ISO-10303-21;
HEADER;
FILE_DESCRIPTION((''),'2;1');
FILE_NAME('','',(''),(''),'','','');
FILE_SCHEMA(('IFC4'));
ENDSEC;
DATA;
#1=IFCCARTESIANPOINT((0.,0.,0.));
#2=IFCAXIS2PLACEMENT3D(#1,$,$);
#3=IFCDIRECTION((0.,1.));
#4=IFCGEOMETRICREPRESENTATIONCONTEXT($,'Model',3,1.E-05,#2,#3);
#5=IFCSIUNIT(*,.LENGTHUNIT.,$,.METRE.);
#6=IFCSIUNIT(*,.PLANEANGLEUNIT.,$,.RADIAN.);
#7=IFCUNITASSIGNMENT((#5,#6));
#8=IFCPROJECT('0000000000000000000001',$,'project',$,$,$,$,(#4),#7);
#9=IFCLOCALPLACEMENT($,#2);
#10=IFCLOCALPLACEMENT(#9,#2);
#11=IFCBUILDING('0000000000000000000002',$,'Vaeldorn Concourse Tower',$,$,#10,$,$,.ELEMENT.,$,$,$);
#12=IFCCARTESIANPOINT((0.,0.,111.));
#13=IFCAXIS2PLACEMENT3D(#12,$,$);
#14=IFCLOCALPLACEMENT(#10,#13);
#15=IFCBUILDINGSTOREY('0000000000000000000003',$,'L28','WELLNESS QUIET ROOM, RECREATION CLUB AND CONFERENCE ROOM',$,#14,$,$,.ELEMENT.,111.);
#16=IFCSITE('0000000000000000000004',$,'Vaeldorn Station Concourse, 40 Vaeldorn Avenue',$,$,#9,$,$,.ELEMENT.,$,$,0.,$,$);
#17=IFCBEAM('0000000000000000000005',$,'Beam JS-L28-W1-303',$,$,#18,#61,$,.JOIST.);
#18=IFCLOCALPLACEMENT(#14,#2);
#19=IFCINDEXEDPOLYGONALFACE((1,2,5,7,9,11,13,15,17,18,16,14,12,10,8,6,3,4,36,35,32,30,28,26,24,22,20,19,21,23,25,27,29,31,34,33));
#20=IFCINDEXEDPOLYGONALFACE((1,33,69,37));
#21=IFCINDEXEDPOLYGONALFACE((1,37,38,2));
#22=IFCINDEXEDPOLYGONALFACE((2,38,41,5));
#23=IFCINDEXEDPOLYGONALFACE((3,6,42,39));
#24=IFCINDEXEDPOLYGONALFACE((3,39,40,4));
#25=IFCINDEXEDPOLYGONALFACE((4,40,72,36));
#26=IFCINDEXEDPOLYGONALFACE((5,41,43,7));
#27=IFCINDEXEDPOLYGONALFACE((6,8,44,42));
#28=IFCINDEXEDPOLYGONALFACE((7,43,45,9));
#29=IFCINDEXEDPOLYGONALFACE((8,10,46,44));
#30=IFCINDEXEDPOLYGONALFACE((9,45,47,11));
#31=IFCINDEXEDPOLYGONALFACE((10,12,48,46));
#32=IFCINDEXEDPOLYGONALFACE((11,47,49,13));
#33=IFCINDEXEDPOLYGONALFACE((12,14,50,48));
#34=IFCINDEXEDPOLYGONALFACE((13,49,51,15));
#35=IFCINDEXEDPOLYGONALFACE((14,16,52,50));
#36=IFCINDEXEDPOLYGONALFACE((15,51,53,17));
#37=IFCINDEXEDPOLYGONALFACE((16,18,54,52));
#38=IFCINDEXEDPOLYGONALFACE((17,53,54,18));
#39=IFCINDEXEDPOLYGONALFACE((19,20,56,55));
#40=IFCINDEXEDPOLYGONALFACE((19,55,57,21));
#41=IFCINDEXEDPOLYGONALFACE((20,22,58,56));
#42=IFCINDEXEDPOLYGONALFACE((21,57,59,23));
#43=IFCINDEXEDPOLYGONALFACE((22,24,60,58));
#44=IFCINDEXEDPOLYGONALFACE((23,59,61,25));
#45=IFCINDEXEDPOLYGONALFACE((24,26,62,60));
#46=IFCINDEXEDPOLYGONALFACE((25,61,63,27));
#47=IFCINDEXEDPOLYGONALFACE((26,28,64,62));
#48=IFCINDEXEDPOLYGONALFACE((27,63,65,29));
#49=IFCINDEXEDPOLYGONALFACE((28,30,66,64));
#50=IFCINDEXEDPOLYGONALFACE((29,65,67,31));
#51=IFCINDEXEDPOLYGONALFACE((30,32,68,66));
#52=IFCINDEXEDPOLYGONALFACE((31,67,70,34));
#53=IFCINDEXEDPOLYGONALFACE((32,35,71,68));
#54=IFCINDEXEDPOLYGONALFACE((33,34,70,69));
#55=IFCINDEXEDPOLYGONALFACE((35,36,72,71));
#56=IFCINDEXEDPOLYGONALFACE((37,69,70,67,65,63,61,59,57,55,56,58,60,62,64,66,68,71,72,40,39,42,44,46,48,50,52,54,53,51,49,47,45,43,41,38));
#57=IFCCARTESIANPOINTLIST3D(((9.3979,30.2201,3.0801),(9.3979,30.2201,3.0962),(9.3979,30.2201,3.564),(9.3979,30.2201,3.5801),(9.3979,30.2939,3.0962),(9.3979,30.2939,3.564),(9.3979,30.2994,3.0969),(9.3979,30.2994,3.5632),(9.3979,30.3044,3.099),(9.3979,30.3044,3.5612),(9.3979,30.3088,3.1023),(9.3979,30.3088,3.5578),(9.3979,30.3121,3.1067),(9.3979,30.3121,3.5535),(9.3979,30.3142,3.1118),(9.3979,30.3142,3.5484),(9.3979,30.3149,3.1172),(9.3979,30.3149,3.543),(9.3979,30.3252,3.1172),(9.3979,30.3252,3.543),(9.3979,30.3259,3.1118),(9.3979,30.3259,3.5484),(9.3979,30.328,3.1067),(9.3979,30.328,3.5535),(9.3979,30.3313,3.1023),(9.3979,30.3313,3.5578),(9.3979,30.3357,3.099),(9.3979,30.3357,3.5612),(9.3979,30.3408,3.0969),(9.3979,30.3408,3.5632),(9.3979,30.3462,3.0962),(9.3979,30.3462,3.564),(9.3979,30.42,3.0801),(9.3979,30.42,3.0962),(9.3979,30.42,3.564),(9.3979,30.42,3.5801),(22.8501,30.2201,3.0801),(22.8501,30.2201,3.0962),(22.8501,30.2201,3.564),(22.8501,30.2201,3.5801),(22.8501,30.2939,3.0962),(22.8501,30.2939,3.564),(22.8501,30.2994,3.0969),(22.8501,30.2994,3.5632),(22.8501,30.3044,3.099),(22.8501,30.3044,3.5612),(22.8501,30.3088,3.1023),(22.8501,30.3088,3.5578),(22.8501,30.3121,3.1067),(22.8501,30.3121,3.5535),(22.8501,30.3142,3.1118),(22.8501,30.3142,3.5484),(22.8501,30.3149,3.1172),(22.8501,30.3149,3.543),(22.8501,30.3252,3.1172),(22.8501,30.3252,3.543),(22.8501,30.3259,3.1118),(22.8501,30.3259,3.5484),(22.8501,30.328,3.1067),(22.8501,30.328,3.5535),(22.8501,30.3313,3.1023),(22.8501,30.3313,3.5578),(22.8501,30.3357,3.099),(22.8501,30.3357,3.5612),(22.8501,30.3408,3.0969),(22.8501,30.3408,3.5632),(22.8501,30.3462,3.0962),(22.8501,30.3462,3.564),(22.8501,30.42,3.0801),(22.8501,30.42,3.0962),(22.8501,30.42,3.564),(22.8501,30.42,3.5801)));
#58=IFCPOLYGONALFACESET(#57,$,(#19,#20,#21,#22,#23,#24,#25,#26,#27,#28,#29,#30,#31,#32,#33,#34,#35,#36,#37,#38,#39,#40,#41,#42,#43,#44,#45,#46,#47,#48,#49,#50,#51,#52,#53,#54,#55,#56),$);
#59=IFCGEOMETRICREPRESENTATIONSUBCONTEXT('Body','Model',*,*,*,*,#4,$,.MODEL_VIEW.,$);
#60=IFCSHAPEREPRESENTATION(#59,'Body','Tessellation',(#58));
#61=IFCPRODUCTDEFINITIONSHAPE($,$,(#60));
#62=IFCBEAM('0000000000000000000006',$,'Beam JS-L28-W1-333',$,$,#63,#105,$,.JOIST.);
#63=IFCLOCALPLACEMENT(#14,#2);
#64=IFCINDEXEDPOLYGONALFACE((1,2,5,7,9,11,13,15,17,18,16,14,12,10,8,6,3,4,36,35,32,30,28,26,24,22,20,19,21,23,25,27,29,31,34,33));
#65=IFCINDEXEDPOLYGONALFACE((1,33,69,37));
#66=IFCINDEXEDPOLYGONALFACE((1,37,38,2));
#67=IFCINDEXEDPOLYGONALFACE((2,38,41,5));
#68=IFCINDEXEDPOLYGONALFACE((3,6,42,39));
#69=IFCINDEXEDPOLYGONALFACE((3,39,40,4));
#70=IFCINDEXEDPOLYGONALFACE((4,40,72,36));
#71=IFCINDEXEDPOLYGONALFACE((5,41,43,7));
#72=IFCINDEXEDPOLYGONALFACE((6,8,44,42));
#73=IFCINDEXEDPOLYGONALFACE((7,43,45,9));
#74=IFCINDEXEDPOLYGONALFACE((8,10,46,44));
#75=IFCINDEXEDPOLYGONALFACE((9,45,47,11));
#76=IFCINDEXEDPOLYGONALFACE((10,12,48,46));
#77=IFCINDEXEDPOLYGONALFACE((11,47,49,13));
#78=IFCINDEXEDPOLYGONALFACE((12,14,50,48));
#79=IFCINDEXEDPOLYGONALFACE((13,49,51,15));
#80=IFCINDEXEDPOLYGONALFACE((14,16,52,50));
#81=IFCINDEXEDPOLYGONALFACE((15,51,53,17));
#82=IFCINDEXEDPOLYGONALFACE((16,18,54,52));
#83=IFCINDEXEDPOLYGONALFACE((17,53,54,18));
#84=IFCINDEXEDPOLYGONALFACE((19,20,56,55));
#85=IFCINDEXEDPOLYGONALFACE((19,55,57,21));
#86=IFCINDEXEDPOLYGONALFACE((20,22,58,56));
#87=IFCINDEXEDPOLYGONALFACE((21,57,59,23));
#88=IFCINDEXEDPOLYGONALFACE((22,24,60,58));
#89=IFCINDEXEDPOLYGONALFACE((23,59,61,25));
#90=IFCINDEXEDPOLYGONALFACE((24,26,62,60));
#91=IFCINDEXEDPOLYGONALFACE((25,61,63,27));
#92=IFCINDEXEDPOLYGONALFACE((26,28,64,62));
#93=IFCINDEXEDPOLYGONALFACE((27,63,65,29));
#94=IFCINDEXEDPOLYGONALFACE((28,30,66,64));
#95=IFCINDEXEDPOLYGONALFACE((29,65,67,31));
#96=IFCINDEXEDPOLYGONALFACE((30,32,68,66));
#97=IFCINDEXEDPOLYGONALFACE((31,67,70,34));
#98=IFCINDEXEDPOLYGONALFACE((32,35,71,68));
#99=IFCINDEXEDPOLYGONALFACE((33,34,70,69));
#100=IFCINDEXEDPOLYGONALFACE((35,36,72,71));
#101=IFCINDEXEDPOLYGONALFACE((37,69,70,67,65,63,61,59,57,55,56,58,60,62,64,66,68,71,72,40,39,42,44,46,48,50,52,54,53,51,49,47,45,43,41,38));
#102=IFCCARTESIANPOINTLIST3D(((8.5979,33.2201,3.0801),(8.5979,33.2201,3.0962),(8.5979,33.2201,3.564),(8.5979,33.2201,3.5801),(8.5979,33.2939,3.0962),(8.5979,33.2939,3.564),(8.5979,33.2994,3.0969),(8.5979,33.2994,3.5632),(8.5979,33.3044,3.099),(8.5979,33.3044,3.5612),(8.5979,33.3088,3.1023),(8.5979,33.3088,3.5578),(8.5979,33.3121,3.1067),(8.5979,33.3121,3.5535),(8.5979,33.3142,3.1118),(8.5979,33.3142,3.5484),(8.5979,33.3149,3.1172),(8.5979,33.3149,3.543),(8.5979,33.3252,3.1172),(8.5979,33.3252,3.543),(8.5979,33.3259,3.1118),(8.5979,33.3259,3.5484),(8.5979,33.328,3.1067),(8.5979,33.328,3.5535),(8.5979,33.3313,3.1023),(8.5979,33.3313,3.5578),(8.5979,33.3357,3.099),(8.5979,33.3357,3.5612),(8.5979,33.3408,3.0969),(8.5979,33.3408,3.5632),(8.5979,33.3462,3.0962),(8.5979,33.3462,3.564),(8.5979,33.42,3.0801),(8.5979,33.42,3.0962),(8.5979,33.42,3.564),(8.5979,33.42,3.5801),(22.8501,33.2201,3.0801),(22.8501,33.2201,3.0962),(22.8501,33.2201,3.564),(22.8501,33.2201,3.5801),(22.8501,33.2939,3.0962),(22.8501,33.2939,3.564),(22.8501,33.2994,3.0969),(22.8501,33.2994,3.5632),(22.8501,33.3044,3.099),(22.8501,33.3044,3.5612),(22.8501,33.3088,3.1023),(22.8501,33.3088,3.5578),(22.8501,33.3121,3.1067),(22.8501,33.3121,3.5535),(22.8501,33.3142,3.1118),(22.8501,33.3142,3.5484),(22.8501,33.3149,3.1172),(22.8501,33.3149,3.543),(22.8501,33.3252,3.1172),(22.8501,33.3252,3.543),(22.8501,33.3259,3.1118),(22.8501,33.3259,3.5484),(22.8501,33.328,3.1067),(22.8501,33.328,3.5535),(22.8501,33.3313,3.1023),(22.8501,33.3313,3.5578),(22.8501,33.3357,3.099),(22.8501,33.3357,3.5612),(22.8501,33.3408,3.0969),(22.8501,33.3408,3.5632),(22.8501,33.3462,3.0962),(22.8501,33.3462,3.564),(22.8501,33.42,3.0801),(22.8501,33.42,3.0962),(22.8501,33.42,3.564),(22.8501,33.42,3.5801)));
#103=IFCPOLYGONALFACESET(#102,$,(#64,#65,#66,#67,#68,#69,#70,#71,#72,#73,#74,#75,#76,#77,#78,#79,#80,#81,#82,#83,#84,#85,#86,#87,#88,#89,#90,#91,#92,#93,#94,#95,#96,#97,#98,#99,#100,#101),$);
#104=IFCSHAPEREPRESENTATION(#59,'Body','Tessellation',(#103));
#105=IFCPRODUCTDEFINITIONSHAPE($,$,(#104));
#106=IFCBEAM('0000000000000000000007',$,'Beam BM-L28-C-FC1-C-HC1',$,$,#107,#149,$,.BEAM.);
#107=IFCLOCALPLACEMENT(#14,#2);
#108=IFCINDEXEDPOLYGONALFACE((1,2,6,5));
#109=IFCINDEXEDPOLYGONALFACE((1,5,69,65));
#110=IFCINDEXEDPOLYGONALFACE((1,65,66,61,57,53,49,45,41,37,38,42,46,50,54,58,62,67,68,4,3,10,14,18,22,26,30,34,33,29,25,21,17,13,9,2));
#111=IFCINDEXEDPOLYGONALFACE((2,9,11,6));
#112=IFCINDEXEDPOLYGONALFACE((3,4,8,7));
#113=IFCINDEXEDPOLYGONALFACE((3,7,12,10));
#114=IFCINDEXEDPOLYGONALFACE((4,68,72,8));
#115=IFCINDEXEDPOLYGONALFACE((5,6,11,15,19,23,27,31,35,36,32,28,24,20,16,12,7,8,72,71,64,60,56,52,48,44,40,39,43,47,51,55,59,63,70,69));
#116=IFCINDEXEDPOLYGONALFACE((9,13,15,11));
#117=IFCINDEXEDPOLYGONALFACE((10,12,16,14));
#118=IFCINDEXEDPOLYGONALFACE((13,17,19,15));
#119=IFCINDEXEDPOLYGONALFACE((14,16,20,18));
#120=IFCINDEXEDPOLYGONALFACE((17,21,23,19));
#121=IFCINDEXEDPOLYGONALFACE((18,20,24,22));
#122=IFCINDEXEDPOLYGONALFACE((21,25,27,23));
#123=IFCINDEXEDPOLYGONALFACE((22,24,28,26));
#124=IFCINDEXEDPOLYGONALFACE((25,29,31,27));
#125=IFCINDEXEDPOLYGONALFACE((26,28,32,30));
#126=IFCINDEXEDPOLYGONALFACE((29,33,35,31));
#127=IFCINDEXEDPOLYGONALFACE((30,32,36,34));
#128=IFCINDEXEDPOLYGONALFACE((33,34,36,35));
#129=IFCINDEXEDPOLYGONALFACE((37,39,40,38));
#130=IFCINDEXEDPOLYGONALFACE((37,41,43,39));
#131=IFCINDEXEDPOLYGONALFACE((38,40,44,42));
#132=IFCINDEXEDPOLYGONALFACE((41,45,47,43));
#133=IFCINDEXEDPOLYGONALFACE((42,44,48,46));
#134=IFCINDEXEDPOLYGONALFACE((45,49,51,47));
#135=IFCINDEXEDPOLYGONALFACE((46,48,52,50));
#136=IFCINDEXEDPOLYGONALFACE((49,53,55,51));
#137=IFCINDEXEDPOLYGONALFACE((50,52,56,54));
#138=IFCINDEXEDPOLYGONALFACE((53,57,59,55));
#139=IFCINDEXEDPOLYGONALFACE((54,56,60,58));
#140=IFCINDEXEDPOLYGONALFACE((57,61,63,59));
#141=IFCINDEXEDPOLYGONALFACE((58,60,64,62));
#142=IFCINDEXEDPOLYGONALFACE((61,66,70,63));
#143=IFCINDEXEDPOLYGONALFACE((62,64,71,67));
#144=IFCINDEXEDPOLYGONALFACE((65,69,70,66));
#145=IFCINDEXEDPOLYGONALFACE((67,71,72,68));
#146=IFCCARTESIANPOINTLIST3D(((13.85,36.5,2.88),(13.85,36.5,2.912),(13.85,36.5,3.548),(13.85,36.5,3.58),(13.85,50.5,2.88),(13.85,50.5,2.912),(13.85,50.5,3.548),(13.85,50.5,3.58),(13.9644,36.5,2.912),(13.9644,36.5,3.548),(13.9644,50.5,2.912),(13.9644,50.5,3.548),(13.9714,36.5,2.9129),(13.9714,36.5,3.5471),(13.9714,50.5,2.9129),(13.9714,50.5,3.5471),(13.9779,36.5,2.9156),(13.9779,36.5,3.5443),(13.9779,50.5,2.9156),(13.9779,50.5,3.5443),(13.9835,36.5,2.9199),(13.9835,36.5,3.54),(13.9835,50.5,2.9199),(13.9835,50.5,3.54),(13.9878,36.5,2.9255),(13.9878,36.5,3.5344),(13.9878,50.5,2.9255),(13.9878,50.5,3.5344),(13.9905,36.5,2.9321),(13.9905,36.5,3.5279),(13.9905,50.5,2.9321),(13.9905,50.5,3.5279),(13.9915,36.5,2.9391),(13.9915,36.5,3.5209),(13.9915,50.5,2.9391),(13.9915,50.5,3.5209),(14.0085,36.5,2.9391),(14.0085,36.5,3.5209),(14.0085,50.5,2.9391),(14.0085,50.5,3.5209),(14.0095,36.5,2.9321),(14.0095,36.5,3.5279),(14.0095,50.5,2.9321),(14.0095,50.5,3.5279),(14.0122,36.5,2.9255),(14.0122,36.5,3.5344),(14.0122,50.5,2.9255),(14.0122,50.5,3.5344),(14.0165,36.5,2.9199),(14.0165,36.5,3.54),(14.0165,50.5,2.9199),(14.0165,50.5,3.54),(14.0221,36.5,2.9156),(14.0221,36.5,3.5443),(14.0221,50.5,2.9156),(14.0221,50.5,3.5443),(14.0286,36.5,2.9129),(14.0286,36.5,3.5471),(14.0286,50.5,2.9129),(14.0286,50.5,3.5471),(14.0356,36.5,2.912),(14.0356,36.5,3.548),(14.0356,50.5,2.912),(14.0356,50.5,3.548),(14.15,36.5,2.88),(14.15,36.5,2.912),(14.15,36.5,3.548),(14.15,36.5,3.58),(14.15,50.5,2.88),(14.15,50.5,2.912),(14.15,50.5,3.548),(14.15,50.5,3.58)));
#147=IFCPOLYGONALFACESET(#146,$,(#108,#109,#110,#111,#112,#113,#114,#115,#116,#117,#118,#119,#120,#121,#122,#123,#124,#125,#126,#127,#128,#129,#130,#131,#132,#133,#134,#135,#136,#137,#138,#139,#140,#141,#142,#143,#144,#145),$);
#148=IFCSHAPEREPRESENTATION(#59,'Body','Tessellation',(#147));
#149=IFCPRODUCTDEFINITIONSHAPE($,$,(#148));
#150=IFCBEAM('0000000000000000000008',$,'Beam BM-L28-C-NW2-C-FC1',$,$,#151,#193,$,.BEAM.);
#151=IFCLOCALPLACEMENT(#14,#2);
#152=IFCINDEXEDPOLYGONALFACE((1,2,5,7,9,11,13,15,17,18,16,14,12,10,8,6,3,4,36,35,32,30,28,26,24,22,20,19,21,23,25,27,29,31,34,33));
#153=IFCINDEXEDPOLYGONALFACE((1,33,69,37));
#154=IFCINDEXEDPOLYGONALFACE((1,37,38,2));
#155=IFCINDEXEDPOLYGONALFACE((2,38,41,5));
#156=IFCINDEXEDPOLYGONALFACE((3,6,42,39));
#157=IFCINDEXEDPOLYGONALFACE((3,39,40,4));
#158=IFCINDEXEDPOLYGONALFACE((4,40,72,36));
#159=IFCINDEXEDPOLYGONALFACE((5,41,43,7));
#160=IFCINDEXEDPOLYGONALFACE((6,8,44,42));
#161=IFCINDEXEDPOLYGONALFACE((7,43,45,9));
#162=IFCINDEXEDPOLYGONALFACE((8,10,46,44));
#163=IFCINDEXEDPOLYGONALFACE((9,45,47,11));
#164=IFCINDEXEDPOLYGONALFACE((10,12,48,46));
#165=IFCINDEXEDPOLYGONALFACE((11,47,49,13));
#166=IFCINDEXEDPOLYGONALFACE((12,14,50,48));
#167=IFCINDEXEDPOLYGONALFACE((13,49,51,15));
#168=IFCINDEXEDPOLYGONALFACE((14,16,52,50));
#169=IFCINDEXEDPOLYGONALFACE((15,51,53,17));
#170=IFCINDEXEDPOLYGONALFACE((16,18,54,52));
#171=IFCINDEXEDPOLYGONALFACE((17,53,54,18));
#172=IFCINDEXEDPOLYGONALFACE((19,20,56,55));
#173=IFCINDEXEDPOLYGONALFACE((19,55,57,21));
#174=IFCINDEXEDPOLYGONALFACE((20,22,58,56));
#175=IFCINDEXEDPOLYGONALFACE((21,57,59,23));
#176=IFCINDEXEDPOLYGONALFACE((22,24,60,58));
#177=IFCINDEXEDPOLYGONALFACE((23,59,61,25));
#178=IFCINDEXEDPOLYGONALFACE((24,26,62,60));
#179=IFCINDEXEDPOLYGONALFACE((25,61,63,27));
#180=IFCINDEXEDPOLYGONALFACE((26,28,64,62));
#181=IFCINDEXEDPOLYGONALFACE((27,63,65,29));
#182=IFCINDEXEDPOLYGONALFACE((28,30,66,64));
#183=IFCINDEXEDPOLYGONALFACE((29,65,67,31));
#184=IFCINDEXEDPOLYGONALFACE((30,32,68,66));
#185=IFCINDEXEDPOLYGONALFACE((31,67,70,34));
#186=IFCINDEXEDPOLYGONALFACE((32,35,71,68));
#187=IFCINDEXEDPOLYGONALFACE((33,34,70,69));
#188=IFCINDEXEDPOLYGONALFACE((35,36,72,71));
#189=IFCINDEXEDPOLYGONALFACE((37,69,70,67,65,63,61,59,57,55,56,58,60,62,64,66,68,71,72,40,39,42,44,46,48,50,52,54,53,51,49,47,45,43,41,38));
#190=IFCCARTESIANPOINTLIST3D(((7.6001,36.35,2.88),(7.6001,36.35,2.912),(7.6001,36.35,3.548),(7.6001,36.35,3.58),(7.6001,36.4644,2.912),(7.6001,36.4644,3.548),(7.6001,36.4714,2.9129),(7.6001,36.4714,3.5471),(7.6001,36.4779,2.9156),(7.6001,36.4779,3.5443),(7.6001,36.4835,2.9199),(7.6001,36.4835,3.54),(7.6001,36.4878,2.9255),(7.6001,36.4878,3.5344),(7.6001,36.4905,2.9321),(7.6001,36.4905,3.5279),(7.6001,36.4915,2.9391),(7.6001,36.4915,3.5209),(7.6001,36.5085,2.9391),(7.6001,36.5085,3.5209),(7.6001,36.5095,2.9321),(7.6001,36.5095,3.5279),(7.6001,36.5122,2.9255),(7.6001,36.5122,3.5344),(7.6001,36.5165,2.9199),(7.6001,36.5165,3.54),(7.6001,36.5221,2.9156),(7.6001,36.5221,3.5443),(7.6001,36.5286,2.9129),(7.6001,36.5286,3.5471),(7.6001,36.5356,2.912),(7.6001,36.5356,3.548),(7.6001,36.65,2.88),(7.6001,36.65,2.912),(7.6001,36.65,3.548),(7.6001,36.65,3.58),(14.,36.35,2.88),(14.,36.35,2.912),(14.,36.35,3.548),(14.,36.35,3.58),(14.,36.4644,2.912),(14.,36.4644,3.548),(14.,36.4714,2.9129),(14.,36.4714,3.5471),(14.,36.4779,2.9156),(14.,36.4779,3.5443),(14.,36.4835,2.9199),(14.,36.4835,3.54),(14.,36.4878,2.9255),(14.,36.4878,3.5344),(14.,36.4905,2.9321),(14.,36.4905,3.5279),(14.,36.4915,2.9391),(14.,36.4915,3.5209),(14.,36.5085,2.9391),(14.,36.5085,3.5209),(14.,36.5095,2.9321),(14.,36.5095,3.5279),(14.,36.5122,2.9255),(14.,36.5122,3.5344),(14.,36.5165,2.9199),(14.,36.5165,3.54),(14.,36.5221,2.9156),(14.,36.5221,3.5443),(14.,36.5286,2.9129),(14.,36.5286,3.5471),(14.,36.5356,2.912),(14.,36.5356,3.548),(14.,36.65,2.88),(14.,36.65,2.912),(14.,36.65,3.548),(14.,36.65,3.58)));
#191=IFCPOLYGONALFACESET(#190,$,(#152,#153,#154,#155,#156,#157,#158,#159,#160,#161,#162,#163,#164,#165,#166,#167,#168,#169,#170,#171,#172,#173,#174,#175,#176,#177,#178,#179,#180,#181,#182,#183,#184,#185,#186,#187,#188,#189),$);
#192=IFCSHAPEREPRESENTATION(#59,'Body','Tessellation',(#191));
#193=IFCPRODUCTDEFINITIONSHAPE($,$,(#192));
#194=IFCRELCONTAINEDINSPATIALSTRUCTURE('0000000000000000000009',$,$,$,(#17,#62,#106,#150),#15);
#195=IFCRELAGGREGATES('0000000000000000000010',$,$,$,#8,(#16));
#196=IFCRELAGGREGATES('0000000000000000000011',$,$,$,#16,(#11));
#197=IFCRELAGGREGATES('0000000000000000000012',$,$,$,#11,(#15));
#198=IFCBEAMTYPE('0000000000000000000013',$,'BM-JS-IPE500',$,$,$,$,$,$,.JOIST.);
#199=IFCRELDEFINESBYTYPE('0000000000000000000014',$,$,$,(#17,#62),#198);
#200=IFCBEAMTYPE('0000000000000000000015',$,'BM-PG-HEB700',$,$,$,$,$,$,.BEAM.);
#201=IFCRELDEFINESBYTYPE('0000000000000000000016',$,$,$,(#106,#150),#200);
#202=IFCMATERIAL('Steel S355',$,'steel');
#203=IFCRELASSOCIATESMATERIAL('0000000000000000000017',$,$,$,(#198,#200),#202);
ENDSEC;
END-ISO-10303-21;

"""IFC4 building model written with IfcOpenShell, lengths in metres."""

from ifc_helpers import new_model, si_unit, direction, frame, origin, origin_2d, place, context, subcontext, project, spatial, i_section, extrude, source, transform, mapped, material, material_profile, profile_set, type_object, element, save


model = new_model("IFC4")

# Units and contexts
model_context = context("Model", 3, precision=1e-05, world=origin(), true_north=direction((0.0, 1.0)))
body_context = subcontext(model_context, "Body", "Model", "MODEL_VIEW")
ifc_project = project(units=[si_unit("LENGTHUNIT", "METRE"), si_unit("PLANEANGLEUNIT", "RADIAN")], contexts=[model_context])

# Site, building, storey
site_placement = place(None, origin())
site = spatial("IfcSite", under=ifc_project, at=site_placement, Name="Vaeldorn Station Concourse, 40 Vaeldorn Avenue", CompositionType="ELEMENT", RefElevation=0.0)
building_placement = place(site_placement, origin())
building = spatial("IfcBuilding", under=site, at=building_placement, Name="Vaeldorn Concourse Tower", CompositionType="ELEMENT")
storey_placement = place(building_placement, frame((0.0, 0.0, 111.0)))
storey = spatial("IfcBuildingStorey", under=building, at=storey_placement, Name="L28", Description="WELLNESS QUIET ROOM, RECREATION CLUB AND CONFERENCE ROOM", CompositionType="ELEMENT", Elevation=111.0)

# Beams
ifc_material_1 = material(Name="Steel S355", Category="steel")
ifc_material_profile_1 = material_profile(ifc_material_1, i_section(OverallWidth=0.2, OverallDepth=0.5, WebThickness=0.0103, FlangeThickness=0.0161, FilletRadius=0.021, at=origin_2d()), Name="IPE 500")
ifc_profile_set_1 = profile_set([ifc_material_profile_1], Name="Steel S355")
beam_type_1 = type_object("IfcBeamType", Name="BM-JS-IPE500", PredefinedType="JOIST", material=ifc_profile_set_1)
shared_shape_1 = source(origin(), body_context, "Body", "SweptSolid", [
    extrude(i_section(OverallWidth=0.2, OverallDepth=0.5, WebThickness=0.0103, FlangeThickness=0.0161, FilletRadius=0.021, at=origin_2d()), origin(), (0.0, 0.0, 1.0), 13.4521),
])
beam_1_placement = place(storey_placement, frame((9.3979, 30.3201, 3.3301), z_axis=(1.0, 0.0, 0.0), x_axis=(0.0, 1.0, 0.0)))
element("IfcBeam", 1, at=beam_1_placement, inside=storey, type_object=beam_type_1, Name="Beam JS-L28-W1-303", PredefinedType="JOIST", context=body_context, shape_type="MappedRepresentation", body=[
    mapped(shared_shape_1, transform((0.0, 0.0, 0.0), scale=1.0)),
])
shared_shape_2 = source(origin(), body_context, "Body", "SweptSolid", [
    extrude(i_section(OverallWidth=0.2, OverallDepth=0.5, WebThickness=0.0103, FlangeThickness=0.0161, FilletRadius=0.021, at=origin_2d()), origin(), (0.0, 0.0, 1.0), 14.2522),
])
beam_2_placement = place(storey_placement, frame((8.5979, 33.3201, 3.3301), z_axis=(1.0, 0.0, 0.0), x_axis=(0.0, 1.0, 0.0)))
element("IfcBeam", 2, at=beam_2_placement, inside=storey, type_object=beam_type_1, Name="Beam JS-L28-W1-333", PredefinedType="JOIST", context=body_context, shape_type="MappedRepresentation", body=[
    mapped(shared_shape_2, transform((0.0, 0.0, 0.0), scale=1.0)),
])
ifc_material_profile_2 = material_profile(ifc_material_1, i_section(OverallWidth=0.3, OverallDepth=0.7, WebThickness=0.0171, FlangeThickness=0.032, FilletRadius=0.0271, at=origin_2d()), Name="HEB 700")
ifc_profile_set_2 = profile_set([ifc_material_profile_2], Name="Steel S355")
beam_type_2 = type_object("IfcBeamType", Name="BM-PG-HEB700", PredefinedType="BEAM", material=ifc_profile_set_2)
shared_shape_3 = source(origin(), body_context, "Body", "SweptSolid", [
    extrude(i_section(OverallWidth=0.3, OverallDepth=0.7, WebThickness=0.0171, FlangeThickness=0.032, FilletRadius=0.0271, at=origin_2d()), origin(), (0.0, 0.0, 1.0), 14.0),
])
beam_3_placement = place(storey_placement, frame((14.0, 36.5, 3.23), z_axis=(0.0, 1.0, 0.0), x_axis=(-1.0, 0.0, 0.0)))
element("IfcBeam", 3, at=beam_3_placement, inside=storey, type_object=beam_type_2, Name="Beam BM-L28-C-FC1-C-HC1", PredefinedType="BEAM", context=body_context, shape_type="MappedRepresentation", body=[
    mapped(shared_shape_3, transform((0.0, 0.0, 0.0), scale=1.0)),
])
shared_shape_4 = source(origin(), body_context, "Body", "SweptSolid", [
    extrude(i_section(OverallWidth=0.3, OverallDepth=0.7, WebThickness=0.0171, FlangeThickness=0.032, FilletRadius=0.0271, at=origin_2d()), origin(), (0.0, 0.0, 1.0), 6.3999),
])
beam_4_placement = place(storey_placement, frame((7.6001, 36.5, 3.23), z_axis=(1.0, 0.0, 0.0), x_axis=(0.0, 1.0, 0.0)))
element("IfcBeam", 4, at=beam_4_placement, inside=storey, type_object=beam_type_2, Name="Beam BM-L28-C-NW2-C-FC1", PredefinedType="BEAM", context=body_context, shape_type="MappedRepresentation", body=[
    mapped(shared_shape_4, transform((0.0, 0.0, 0.0), scale=1.0)),
])

save(model, "model.ifc")
